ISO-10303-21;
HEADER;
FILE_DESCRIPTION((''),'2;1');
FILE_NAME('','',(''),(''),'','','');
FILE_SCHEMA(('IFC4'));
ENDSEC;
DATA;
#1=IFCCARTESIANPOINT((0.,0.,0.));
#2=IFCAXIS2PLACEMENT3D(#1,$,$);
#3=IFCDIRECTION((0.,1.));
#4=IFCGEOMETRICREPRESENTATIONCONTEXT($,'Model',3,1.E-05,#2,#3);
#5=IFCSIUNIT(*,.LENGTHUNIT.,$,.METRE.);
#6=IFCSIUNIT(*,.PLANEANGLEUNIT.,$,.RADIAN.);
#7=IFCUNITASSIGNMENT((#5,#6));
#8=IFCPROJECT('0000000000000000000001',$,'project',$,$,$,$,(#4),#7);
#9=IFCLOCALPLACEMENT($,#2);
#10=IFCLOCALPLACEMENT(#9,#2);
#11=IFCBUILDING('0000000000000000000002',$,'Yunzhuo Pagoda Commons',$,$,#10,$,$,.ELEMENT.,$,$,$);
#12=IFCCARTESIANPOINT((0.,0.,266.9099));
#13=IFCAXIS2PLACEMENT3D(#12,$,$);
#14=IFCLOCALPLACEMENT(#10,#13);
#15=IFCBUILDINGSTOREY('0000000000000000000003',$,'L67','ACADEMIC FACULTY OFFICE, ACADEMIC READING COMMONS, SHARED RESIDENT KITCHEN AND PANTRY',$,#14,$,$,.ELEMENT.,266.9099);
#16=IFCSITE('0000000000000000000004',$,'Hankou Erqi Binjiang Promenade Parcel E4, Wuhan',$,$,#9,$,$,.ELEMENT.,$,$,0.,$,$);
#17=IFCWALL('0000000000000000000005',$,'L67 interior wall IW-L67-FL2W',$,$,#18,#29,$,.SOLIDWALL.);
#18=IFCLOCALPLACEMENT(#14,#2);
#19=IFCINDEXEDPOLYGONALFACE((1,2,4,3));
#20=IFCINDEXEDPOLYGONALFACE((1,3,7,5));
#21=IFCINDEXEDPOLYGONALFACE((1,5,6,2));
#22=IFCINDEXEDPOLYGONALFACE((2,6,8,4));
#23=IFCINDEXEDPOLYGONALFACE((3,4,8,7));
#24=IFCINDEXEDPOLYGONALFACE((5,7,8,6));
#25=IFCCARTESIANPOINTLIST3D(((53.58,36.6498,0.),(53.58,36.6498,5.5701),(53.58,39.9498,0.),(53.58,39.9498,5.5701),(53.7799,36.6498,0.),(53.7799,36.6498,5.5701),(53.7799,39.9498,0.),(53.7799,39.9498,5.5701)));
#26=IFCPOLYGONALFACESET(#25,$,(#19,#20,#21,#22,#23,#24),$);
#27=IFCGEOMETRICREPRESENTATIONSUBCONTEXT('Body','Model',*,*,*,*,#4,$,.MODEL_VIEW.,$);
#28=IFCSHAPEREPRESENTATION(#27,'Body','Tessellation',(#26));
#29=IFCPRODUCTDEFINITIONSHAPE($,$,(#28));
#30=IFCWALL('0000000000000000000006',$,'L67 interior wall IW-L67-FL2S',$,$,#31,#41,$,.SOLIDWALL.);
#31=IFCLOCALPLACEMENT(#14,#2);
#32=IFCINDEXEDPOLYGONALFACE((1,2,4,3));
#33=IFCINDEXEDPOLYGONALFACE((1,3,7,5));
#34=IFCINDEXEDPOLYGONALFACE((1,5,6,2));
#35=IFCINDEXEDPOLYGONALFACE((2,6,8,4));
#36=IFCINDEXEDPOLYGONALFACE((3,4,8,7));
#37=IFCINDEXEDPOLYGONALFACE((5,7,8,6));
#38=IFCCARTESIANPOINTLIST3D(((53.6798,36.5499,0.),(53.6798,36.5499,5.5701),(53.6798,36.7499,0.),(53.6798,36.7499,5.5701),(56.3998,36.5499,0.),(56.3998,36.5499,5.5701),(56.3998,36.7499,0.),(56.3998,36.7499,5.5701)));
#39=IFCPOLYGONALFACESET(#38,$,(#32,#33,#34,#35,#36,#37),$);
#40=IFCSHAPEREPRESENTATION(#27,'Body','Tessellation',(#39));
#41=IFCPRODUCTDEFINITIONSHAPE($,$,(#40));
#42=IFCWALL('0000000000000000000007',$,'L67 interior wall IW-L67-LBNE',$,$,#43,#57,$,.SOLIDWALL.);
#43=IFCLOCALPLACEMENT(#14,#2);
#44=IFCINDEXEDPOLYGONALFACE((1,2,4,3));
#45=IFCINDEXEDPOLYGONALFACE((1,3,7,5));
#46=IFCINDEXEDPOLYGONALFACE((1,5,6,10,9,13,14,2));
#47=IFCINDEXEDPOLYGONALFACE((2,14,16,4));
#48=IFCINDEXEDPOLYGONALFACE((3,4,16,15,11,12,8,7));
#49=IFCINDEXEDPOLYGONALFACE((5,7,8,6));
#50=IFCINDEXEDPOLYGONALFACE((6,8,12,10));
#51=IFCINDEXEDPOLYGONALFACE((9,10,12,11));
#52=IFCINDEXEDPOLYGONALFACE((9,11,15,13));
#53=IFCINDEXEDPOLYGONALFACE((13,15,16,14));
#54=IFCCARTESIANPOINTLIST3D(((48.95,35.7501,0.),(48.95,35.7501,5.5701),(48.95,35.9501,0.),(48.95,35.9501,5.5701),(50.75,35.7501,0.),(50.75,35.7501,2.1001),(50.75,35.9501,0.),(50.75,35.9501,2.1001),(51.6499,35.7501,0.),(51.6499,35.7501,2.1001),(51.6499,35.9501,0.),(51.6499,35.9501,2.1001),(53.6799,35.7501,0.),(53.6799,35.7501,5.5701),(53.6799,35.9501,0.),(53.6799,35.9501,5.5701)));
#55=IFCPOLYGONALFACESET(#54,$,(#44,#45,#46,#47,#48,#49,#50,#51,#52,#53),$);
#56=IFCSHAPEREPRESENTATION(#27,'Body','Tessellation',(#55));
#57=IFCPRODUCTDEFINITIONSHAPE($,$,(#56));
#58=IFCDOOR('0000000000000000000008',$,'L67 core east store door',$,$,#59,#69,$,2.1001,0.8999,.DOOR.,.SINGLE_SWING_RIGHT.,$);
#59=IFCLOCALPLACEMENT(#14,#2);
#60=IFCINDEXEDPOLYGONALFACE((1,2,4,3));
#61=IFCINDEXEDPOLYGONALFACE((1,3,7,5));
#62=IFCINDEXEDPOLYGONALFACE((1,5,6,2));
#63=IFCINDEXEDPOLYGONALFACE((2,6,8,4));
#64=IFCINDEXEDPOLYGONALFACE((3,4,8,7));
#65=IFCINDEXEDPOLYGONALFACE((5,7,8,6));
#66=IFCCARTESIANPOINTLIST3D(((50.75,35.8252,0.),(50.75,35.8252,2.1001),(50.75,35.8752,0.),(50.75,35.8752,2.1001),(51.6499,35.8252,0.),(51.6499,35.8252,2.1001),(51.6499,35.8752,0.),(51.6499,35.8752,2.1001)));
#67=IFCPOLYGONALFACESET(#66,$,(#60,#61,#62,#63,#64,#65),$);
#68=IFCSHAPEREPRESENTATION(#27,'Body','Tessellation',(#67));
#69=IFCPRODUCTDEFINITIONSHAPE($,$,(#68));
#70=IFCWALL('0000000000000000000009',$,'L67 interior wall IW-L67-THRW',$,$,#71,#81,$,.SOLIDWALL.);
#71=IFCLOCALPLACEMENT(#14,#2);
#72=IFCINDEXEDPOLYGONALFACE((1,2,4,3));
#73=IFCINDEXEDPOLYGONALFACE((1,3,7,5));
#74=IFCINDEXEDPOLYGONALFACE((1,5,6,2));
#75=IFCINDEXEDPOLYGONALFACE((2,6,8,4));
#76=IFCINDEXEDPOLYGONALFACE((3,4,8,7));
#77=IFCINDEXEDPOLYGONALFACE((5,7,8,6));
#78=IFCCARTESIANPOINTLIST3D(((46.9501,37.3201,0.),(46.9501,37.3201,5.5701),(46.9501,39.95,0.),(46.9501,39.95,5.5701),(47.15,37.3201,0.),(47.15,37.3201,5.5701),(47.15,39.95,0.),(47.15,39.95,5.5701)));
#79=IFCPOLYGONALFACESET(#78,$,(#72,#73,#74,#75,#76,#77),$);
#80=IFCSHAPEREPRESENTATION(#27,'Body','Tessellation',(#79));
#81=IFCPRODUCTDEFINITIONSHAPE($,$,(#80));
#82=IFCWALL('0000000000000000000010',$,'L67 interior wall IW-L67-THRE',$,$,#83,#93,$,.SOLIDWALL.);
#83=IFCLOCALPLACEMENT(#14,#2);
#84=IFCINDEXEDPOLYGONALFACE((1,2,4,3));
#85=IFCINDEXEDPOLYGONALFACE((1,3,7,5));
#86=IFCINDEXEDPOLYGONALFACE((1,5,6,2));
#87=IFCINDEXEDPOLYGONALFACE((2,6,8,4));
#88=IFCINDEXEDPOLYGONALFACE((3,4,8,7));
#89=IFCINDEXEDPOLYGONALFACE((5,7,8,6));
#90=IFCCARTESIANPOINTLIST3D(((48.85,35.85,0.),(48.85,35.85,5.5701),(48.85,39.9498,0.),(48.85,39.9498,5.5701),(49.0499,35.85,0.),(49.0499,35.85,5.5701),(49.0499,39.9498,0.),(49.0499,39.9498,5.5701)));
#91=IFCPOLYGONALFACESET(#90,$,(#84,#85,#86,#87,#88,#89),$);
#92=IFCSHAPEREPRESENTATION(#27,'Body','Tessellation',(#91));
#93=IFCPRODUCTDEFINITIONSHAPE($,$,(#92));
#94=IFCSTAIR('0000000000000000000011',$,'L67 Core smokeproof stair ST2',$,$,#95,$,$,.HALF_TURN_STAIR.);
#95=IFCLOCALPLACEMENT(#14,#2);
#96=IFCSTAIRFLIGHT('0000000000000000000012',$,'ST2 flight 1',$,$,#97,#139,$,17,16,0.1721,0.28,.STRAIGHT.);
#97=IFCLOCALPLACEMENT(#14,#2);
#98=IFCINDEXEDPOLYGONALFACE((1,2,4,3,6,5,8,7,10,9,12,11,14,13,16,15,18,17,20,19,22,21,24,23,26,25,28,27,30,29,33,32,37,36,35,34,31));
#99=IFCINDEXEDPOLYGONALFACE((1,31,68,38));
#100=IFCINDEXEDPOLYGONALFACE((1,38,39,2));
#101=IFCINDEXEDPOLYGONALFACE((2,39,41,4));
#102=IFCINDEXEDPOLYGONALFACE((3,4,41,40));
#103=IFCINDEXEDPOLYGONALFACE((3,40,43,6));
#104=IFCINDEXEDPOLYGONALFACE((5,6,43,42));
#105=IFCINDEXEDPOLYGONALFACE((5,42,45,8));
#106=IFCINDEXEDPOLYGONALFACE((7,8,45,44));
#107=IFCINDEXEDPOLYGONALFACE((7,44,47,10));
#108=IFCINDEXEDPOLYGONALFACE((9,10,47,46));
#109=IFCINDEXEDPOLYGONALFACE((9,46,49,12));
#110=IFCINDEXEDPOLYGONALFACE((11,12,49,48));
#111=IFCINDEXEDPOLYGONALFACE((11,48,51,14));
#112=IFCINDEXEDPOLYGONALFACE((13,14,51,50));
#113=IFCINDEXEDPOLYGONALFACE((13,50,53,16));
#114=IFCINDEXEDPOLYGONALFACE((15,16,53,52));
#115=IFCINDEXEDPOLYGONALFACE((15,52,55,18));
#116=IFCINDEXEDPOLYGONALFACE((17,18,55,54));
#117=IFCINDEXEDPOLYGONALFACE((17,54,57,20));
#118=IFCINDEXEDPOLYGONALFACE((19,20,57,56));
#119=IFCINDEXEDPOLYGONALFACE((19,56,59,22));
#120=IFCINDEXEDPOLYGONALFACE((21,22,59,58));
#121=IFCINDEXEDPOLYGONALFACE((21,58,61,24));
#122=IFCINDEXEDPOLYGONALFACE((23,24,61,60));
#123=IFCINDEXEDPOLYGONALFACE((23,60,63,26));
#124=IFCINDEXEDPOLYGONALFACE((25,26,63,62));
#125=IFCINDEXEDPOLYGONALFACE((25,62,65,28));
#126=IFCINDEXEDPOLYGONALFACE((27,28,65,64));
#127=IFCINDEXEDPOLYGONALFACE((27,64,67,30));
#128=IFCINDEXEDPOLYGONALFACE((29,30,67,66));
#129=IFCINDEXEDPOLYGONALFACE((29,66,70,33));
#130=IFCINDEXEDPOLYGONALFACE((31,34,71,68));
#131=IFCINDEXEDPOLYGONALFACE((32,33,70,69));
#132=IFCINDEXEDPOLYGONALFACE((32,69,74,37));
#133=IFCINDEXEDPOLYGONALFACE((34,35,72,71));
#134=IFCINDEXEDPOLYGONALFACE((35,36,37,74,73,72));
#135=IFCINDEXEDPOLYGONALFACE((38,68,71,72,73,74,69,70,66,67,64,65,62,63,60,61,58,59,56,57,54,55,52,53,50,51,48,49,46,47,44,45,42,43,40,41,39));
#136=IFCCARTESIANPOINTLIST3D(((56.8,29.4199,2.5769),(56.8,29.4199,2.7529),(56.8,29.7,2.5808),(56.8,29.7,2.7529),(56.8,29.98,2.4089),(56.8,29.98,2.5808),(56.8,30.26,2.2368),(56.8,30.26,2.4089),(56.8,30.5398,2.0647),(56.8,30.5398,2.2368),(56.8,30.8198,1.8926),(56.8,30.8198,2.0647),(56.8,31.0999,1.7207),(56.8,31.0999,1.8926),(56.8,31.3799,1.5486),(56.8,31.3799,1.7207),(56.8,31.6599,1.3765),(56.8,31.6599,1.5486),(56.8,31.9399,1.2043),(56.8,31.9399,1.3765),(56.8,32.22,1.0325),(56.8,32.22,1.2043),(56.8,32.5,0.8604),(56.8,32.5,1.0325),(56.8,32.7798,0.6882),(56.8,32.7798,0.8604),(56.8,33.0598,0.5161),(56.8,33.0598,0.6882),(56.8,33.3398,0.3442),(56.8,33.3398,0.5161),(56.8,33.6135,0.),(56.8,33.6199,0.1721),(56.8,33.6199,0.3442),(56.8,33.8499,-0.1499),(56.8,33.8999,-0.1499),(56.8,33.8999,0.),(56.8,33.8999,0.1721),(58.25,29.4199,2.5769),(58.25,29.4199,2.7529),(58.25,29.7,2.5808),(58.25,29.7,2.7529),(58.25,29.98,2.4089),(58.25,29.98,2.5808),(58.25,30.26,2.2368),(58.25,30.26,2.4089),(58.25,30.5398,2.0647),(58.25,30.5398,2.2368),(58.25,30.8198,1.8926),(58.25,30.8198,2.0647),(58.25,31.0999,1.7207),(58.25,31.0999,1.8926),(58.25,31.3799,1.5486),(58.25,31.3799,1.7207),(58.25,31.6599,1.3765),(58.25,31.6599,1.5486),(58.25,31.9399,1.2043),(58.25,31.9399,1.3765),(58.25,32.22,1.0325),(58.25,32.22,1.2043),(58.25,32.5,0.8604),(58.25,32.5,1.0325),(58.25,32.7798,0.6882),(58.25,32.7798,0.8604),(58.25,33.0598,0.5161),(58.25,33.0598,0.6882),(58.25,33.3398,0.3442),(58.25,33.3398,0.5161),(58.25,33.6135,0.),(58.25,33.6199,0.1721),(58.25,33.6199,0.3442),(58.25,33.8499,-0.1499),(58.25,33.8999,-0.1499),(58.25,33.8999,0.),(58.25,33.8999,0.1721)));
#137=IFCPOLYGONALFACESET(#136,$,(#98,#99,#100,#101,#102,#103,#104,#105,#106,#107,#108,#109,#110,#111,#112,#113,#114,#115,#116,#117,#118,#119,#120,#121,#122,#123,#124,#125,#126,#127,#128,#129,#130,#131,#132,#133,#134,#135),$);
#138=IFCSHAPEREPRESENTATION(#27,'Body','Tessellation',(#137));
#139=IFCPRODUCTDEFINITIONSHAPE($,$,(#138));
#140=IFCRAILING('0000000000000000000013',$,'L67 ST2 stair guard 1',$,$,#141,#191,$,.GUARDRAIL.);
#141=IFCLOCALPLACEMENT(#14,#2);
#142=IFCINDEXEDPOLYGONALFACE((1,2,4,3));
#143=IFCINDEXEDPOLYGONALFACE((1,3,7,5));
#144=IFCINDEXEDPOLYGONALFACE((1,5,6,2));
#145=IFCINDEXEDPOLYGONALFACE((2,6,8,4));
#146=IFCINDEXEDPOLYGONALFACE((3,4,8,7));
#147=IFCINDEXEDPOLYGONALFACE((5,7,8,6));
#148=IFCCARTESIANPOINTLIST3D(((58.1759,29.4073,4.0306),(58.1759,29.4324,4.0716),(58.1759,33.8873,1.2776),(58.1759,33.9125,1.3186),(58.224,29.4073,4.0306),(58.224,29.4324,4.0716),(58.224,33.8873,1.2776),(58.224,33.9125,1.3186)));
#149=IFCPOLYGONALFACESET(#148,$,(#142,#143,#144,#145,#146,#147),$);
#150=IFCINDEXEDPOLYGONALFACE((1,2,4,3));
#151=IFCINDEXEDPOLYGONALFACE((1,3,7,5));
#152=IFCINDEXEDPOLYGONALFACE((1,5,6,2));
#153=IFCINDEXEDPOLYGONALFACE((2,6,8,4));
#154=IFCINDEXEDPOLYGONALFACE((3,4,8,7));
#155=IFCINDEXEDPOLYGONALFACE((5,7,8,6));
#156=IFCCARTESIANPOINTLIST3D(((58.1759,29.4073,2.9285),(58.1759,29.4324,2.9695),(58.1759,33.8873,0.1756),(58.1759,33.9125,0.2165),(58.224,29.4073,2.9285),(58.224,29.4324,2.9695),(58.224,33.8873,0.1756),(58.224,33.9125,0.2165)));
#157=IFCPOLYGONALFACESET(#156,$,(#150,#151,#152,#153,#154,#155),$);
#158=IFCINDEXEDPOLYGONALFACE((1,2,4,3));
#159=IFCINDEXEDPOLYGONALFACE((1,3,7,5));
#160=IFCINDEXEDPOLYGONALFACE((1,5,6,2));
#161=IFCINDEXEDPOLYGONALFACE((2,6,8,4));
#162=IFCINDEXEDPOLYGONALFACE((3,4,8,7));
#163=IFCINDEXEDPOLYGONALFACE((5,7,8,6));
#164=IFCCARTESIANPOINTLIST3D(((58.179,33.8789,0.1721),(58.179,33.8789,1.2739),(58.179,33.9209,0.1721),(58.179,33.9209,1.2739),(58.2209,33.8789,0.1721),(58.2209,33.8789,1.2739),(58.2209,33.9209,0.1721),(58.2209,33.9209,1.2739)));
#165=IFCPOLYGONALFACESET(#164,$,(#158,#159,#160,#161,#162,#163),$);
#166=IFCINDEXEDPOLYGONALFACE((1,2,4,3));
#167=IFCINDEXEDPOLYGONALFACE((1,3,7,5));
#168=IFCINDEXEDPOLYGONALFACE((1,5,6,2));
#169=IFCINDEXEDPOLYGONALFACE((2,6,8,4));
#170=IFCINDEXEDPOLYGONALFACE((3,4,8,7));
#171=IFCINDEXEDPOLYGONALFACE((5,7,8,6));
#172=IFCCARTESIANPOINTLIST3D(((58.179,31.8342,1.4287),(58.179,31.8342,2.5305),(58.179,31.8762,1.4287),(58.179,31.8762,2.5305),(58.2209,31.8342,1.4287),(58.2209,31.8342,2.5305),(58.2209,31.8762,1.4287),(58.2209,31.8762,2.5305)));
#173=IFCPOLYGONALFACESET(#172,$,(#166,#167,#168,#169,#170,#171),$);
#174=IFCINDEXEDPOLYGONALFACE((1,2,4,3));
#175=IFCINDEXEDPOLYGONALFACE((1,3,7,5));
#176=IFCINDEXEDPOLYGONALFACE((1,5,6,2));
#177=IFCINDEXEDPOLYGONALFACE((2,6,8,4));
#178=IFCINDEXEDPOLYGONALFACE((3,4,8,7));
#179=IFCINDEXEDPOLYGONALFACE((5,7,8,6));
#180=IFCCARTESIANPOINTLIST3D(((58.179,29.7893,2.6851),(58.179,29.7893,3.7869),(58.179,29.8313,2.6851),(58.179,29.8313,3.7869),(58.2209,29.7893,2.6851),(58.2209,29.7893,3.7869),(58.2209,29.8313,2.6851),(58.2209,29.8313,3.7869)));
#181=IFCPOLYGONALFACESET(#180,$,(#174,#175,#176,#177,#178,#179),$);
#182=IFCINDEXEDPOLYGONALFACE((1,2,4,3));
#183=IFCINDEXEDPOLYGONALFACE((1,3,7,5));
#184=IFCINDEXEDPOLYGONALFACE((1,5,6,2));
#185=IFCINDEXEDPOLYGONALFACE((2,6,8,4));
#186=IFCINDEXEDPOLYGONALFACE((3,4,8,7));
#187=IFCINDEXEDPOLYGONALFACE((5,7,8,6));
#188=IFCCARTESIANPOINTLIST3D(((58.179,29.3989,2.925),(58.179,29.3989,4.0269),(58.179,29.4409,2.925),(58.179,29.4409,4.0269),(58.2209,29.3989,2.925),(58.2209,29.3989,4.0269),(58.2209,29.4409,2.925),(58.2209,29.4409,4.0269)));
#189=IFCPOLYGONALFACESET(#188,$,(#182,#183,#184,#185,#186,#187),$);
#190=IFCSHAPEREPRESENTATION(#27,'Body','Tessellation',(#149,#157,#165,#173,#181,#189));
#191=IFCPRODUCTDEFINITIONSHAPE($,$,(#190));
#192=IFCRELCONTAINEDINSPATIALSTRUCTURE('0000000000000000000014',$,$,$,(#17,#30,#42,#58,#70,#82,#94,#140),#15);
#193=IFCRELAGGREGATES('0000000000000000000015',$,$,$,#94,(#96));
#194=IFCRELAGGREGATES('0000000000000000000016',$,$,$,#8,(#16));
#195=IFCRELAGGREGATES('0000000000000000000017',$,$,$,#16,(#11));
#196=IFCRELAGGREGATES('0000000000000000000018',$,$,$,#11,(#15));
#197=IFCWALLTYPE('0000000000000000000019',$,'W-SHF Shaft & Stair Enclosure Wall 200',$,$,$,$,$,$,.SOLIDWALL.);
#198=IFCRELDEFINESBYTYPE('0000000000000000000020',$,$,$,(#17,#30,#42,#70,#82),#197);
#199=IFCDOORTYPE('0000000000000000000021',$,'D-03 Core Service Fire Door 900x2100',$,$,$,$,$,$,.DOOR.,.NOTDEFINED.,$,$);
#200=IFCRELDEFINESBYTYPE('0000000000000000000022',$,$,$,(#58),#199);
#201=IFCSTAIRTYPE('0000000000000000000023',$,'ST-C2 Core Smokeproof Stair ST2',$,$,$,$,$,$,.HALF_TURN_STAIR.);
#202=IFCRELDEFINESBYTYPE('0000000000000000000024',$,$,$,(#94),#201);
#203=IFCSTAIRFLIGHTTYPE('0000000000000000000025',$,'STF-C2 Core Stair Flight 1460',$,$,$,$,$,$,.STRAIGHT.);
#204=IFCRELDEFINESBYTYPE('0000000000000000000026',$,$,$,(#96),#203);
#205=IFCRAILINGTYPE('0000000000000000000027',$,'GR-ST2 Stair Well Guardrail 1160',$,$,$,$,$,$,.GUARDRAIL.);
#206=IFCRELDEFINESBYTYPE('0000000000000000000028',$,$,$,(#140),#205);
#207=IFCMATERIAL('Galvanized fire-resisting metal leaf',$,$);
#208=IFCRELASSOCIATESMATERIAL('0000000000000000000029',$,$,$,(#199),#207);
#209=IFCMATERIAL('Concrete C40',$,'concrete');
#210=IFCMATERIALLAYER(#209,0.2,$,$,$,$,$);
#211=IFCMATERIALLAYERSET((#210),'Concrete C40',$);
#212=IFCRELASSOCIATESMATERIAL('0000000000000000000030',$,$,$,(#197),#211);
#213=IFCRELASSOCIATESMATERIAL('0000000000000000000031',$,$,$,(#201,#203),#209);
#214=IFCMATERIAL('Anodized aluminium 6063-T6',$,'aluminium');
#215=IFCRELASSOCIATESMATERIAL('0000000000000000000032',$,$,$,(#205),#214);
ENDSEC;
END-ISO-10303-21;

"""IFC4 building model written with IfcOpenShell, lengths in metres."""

from ifc_helpers import new_model, si_unit, direction, frame, frame_2d, origin, origin_2d, place, context, subcontext, project, spatial, polyline, rectangle, outline, extrude, source, transform, mapped, material, layer, layer_set, type_object, element, fill, aggregate, save


model = new_model("IFC4")

# Units and contexts
model_context = context("Model", 3, precision=1e-05, world=origin(), true_north=direction((0.0, 1.0)))
body_context = subcontext(model_context, "Body", "Model", "MODEL_VIEW")
ifc_project = project(units=[si_unit("LENGTHUNIT", "METRE"), si_unit("PLANEANGLEUNIT", "RADIAN")], contexts=[model_context])

# Site, building, storey
site_placement = place(None, origin())
site = spatial("IfcSite", under=ifc_project, at=site_placement, Name="Hankou Erqi Binjiang Promenade Parcel E4, Wuhan", CompositionType="ELEMENT", RefElevation=0.0)
building_placement = place(site_placement, origin())
building = spatial("IfcBuilding", under=site, at=building_placement, Name="Yunzhuo Pagoda Commons", CompositionType="ELEMENT")
storey_placement = place(building_placement, frame((0.0, 0.0, 266.9099)))
storey = spatial("IfcBuildingStorey", under=building, at=storey_placement, Name="L67", Description="ACADEMIC FACULTY OFFICE, ACADEMIC READING COMMONS, SHARED RESIDENT KITCHEN AND PANTRY", CompositionType="ELEMENT", Elevation=266.9099)

# Shared definitions
ifc_material_1 = material(Name="Galvanized fire-resisting metal leaf")

# Shared definitions
door_type_1 = type_object("IfcDoorType", Name="D-03 Core Service Fire Door 900x2100", OperationType="NOTDEFINED", PredefinedType="DOOR", material=ifc_material_1)
shared_shape_1 = source(origin(), body_context, "Body", "SweptSolid", [
    extrude(rectangle(XDim=0.8999, YDim=2.1001, at=frame_2d((0.45, 1.05))), frame((0.0, 0.0249, 0.0), z_axis=(0.0, -1.0, 0.0), x_axis=(1.0, 0.0, 0.0)), (0.0, 0.0, 1.0), 0.05),
])

# Walls
ifc_material_2 = material(Name="Concrete C40", Category="concrete")
ifc_layer_1 = layer(ifc_material_2, 0.2)
ifc_layer_set_1 = layer_set([ifc_layer_1], Name="Concrete C40")
wall_type_1 = type_object("IfcWallType", Name="W-SHF Shaft & Stair Enclosure Wall 200", PredefinedType="SOLIDWALL", material=ifc_layer_set_1)
wall_1_placement = place(storey_placement, frame((53.6799, 36.6499, 0.0), z_axis=(0.0, 0.0, 1.0), x_axis=(0.0, 1.0, 0.0)))
element("IfcWall", 1, at=wall_1_placement, inside=storey, type_object=wall_type_1, Name="L67 interior wall IW-L67-FL2W", PredefinedType="SOLIDWALL", context=body_context, shape_type="SweptSolid", body=[
    extrude(rectangle(XDim=3.3, YDim=0.2, at=frame_2d((1.6499, 0.0))), origin(), (0.0, 0.0, 1.0), 5.5701),
])
wall_2_placement = place(storey_placement, frame((53.6799, 36.6499, 0.0), z_axis=(0.0, 0.0, 1.0), x_axis=(1.0, 0.0, 0.0)))
element("IfcWall", 2, at=wall_2_placement, inside=storey, type_object=wall_type_1, Name="L67 interior wall IW-L67-FL2S", PredefinedType="SOLIDWALL", context=body_context, shape_type="SweptSolid", body=[
    extrude(rectangle(XDim=2.72, YDim=0.2, at=frame_2d((1.3599, 0.0))), origin(), (0.0, 0.0, 1.0), 5.5701),
])

# Wall, opening, door
wall_3_placement = place(storey_placement, frame((48.95, 35.8501, 0.0), z_axis=(0.0, 0.0, 1.0), x_axis=(1.0, 0.0, 0.0)))
wall_3 = element("IfcWall", 3, at=wall_3_placement, inside=storey, type_object=wall_type_1, Name="L67 interior wall IW-L67-LBNE", PredefinedType="SOLIDWALL", context=body_context, shape_type="SweptSolid", body=[
    extrude(rectangle(XDim=4.73, YDim=0.2, at=frame_2d((2.365, 0.0))), origin(), (0.0, 0.0, 1.0), 5.5701),
])
opening_1_placement = place(wall_3_placement, frame((1.8, 0.0, 0.0)))
opening_1 = element("IfcOpeningElement", 4, at=opening_1_placement, cuts=wall_3, PredefinedType="OPENING", context=body_context, shape_type="SweptSolid", body=[
    extrude(rectangle(XDim=0.8999, YDim=2.1001, at=frame_2d((0.45, 1.05))), frame((0.0, 0.1099, 0.0), z_axis=(0.0, -1.0, 0.0), x_axis=(1.0, 0.0, 0.0)), (0.0, 0.0, 1.0), 0.22),
])
door_1_placement = place(opening_1_placement, frame((0.8999, 0.0, 0.0), z_axis=(0.0, 0.0, 1.0), x_axis=(-1.0, 0.0, 0.0)))
door_1 = element("IfcDoor", 5, at=door_1_placement, inside=storey, type_object=door_type_1, Name="L67 core east store door", OperationType="SINGLE_SWING_RIGHT", OverallHeight=2.1001, OverallWidth=0.8999, PredefinedType="DOOR", context=body_context, shape_type="MappedRepresentation", body=[
    mapped(shared_shape_1, transform((0.0, 0.0, 0.0), scale=1.0)),
])
fill(opening_1, door_1)

# Walls
wall_4_placement = place(storey_placement, frame((47.05, 37.3201, 0.0), z_axis=(0.0, 0.0, 1.0), x_axis=(0.0, 1.0, 0.0)))
element("IfcWall", 6, at=wall_4_placement, inside=storey, type_object=wall_type_1, Name="L67 interior wall IW-L67-THRW", PredefinedType="SOLIDWALL", context=body_context, shape_type="SweptSolid", body=[
    extrude(rectangle(XDim=2.6299, YDim=0.2, at=frame_2d((1.3149, 0.0))), origin(), (0.0, 0.0, 1.0), 5.5701),
])
wall_5_placement = place(storey_placement, frame((48.95, 35.8501, 0.0), z_axis=(0.0, 0.0, 1.0), x_axis=(0.0, 1.0, 0.0)))
element("IfcWall", 7, at=wall_5_placement, inside=storey, type_object=wall_type_1, Name="L67 interior wall IW-L67-THRE", PredefinedType="SOLIDWALL", context=body_context, shape_type="SweptSolid", body=[
    extrude(rectangle(XDim=4.0999, YDim=0.2, at=frame_2d((2.0498, 0.0))), origin(), (0.0, 0.0, 1.0), 5.5701),
])

# Stair, stair flight
stair_type = type_object("IfcStairType", Name="ST-C2 Core Smokeproof Stair ST2", PredefinedType="HALF_TURN_STAIR", material=ifc_material_2)
stair_placement = place(storey_placement, origin())
stair = element("IfcStair", 8, at=stair_placement, inside=storey, type_object=stair_type, Name="L67 Core smokeproof stair ST2", PredefinedType="HALF_TURN_STAIR")
stair_flight_type = type_object("IfcStairFlightType", Name="STF-C2 Core Stair Flight 1460", PredefinedType="STRAIGHT", material=ifc_material_2)
shared_shape_2 = source(origin(), body_context, "Body", "SweptSolid", [
    extrude(outline(polyline([(0.0, -0.1499), (0.0, 0.0), (0.0, 0.1721), (0.28, 0.1721), (0.28, 0.3442), (0.5601, 0.3442), (0.5601, 0.5161), (0.8401, 0.5161), (0.8401, 0.6882), (1.1201, 0.6882), (1.1201, 0.8604), (1.3999, 0.8604), (1.3999, 1.0325), (1.6799, 1.0325), (1.6799, 1.2043), (1.96, 1.2043), (1.96, 1.3765), (2.24, 1.3765), (2.24, 1.5486), (2.52, 1.5486), (2.52, 1.7207), (2.8, 1.7207), (2.8, 1.8926), (3.0801, 1.8926), (3.0801, 2.0647), (3.3601, 2.0647), (3.3601, 2.2368), (3.6399, 2.2368), (3.6399, 2.4089), (3.9199, 2.4089), (3.9199, 2.5808), (4.2, 2.5808), (4.2, 2.7529), (4.48, 2.7529), (4.48, 2.925), (4.48, 2.5769), (0.2864, 0.0), (0.05, -0.1499), (0.0, -0.1499)])), frame((0.0, 0.7251, 0.0), z_axis=(0.0, -1.0, 0.0), x_axis=(1.0, 0.0, 0.0)), (0.0, 0.0, 1.0), 1.45),
])
stair_flight_placement = place(storey_placement, frame((57.5249, 33.8999, 0.0), z_axis=(0.0, 0.0, 1.0), x_axis=(0.0, -1.0, 0.0)))
stair_flight = element("IfcStairFlight", 9, at=stair_flight_placement, type_object=stair_flight_type, Name="ST2 flight 1", NumberOfRisers=17, NumberOfTreads=16, PredefinedType="STRAIGHT", RiserHeight=0.1721, TreadLength=0.28, context=body_context, shape_type="MappedRepresentation", body=[
    mapped(shared_shape_2, transform((0.0, 0.0, 0.0), scale=1.0)),
])
aggregate(stair, [stair_flight])

# Railing
ifc_material_3 = material(Name="Anodized aluminium 6063-T6", Category="aluminium")
railing_type_1 = type_object("IfcRailingType", Name="GR-ST2 Stair Well Guardrail 1160", PredefinedType="GUARDRAIL", material=ifc_material_3)
railing_1_placement = place(storey_placement, frame((58.2, 33.8999, 0.1721)))
element("IfcRailing", 10, at=railing_1_placement, inside=storey, type_object=railing_type_1, Name="L67 ST2 stair guard 1", PredefinedType="GUARDRAIL", context=body_context, shape_type="SweptSolid", body=[
    extrude(rectangle(XDim=0.0481, YDim=0.0481, at=origin_2d()), frame((0.0, 0.0, 1.126), z_axis=(0.0, -0.851996, 0.523548), x_axis=(1.0, 0.0, 0.0)), (0.0, 0.0, 1.0), 5.2583),
    extrude(rectangle(XDim=0.0481, YDim=0.0481, at=origin_2d()), frame((0.0, 0.0, 0.0239), z_axis=(0.0, -0.851996, 0.523548), x_axis=(1.0, 0.0, 0.0)), (0.0, 0.0, 1.0), 5.2583),
    extrude(rectangle(XDim=0.042, YDim=0.042, at=origin_2d()), origin(), (0.0, 0.0, 1.0), 1.1018),
    extrude(rectangle(XDim=0.042, YDim=0.042, at=origin_2d()), frame((0.0, -2.0447, 1.2566)), (0.0, 0.0, 1.0), 1.1018),
    extrude(rectangle(XDim=0.042, YDim=0.042, at=origin_2d()), frame((0.0, -4.0896, 2.5129)), (0.0, 0.0, 1.0), 1.1018),
    extrude(rectangle(XDim=0.042, YDim=0.042, at=origin_2d()), frame((0.0, -4.48, 2.7529)), (0.0, 0.0, 1.0), 1.1018),
])

save(model, "model.ifc")
